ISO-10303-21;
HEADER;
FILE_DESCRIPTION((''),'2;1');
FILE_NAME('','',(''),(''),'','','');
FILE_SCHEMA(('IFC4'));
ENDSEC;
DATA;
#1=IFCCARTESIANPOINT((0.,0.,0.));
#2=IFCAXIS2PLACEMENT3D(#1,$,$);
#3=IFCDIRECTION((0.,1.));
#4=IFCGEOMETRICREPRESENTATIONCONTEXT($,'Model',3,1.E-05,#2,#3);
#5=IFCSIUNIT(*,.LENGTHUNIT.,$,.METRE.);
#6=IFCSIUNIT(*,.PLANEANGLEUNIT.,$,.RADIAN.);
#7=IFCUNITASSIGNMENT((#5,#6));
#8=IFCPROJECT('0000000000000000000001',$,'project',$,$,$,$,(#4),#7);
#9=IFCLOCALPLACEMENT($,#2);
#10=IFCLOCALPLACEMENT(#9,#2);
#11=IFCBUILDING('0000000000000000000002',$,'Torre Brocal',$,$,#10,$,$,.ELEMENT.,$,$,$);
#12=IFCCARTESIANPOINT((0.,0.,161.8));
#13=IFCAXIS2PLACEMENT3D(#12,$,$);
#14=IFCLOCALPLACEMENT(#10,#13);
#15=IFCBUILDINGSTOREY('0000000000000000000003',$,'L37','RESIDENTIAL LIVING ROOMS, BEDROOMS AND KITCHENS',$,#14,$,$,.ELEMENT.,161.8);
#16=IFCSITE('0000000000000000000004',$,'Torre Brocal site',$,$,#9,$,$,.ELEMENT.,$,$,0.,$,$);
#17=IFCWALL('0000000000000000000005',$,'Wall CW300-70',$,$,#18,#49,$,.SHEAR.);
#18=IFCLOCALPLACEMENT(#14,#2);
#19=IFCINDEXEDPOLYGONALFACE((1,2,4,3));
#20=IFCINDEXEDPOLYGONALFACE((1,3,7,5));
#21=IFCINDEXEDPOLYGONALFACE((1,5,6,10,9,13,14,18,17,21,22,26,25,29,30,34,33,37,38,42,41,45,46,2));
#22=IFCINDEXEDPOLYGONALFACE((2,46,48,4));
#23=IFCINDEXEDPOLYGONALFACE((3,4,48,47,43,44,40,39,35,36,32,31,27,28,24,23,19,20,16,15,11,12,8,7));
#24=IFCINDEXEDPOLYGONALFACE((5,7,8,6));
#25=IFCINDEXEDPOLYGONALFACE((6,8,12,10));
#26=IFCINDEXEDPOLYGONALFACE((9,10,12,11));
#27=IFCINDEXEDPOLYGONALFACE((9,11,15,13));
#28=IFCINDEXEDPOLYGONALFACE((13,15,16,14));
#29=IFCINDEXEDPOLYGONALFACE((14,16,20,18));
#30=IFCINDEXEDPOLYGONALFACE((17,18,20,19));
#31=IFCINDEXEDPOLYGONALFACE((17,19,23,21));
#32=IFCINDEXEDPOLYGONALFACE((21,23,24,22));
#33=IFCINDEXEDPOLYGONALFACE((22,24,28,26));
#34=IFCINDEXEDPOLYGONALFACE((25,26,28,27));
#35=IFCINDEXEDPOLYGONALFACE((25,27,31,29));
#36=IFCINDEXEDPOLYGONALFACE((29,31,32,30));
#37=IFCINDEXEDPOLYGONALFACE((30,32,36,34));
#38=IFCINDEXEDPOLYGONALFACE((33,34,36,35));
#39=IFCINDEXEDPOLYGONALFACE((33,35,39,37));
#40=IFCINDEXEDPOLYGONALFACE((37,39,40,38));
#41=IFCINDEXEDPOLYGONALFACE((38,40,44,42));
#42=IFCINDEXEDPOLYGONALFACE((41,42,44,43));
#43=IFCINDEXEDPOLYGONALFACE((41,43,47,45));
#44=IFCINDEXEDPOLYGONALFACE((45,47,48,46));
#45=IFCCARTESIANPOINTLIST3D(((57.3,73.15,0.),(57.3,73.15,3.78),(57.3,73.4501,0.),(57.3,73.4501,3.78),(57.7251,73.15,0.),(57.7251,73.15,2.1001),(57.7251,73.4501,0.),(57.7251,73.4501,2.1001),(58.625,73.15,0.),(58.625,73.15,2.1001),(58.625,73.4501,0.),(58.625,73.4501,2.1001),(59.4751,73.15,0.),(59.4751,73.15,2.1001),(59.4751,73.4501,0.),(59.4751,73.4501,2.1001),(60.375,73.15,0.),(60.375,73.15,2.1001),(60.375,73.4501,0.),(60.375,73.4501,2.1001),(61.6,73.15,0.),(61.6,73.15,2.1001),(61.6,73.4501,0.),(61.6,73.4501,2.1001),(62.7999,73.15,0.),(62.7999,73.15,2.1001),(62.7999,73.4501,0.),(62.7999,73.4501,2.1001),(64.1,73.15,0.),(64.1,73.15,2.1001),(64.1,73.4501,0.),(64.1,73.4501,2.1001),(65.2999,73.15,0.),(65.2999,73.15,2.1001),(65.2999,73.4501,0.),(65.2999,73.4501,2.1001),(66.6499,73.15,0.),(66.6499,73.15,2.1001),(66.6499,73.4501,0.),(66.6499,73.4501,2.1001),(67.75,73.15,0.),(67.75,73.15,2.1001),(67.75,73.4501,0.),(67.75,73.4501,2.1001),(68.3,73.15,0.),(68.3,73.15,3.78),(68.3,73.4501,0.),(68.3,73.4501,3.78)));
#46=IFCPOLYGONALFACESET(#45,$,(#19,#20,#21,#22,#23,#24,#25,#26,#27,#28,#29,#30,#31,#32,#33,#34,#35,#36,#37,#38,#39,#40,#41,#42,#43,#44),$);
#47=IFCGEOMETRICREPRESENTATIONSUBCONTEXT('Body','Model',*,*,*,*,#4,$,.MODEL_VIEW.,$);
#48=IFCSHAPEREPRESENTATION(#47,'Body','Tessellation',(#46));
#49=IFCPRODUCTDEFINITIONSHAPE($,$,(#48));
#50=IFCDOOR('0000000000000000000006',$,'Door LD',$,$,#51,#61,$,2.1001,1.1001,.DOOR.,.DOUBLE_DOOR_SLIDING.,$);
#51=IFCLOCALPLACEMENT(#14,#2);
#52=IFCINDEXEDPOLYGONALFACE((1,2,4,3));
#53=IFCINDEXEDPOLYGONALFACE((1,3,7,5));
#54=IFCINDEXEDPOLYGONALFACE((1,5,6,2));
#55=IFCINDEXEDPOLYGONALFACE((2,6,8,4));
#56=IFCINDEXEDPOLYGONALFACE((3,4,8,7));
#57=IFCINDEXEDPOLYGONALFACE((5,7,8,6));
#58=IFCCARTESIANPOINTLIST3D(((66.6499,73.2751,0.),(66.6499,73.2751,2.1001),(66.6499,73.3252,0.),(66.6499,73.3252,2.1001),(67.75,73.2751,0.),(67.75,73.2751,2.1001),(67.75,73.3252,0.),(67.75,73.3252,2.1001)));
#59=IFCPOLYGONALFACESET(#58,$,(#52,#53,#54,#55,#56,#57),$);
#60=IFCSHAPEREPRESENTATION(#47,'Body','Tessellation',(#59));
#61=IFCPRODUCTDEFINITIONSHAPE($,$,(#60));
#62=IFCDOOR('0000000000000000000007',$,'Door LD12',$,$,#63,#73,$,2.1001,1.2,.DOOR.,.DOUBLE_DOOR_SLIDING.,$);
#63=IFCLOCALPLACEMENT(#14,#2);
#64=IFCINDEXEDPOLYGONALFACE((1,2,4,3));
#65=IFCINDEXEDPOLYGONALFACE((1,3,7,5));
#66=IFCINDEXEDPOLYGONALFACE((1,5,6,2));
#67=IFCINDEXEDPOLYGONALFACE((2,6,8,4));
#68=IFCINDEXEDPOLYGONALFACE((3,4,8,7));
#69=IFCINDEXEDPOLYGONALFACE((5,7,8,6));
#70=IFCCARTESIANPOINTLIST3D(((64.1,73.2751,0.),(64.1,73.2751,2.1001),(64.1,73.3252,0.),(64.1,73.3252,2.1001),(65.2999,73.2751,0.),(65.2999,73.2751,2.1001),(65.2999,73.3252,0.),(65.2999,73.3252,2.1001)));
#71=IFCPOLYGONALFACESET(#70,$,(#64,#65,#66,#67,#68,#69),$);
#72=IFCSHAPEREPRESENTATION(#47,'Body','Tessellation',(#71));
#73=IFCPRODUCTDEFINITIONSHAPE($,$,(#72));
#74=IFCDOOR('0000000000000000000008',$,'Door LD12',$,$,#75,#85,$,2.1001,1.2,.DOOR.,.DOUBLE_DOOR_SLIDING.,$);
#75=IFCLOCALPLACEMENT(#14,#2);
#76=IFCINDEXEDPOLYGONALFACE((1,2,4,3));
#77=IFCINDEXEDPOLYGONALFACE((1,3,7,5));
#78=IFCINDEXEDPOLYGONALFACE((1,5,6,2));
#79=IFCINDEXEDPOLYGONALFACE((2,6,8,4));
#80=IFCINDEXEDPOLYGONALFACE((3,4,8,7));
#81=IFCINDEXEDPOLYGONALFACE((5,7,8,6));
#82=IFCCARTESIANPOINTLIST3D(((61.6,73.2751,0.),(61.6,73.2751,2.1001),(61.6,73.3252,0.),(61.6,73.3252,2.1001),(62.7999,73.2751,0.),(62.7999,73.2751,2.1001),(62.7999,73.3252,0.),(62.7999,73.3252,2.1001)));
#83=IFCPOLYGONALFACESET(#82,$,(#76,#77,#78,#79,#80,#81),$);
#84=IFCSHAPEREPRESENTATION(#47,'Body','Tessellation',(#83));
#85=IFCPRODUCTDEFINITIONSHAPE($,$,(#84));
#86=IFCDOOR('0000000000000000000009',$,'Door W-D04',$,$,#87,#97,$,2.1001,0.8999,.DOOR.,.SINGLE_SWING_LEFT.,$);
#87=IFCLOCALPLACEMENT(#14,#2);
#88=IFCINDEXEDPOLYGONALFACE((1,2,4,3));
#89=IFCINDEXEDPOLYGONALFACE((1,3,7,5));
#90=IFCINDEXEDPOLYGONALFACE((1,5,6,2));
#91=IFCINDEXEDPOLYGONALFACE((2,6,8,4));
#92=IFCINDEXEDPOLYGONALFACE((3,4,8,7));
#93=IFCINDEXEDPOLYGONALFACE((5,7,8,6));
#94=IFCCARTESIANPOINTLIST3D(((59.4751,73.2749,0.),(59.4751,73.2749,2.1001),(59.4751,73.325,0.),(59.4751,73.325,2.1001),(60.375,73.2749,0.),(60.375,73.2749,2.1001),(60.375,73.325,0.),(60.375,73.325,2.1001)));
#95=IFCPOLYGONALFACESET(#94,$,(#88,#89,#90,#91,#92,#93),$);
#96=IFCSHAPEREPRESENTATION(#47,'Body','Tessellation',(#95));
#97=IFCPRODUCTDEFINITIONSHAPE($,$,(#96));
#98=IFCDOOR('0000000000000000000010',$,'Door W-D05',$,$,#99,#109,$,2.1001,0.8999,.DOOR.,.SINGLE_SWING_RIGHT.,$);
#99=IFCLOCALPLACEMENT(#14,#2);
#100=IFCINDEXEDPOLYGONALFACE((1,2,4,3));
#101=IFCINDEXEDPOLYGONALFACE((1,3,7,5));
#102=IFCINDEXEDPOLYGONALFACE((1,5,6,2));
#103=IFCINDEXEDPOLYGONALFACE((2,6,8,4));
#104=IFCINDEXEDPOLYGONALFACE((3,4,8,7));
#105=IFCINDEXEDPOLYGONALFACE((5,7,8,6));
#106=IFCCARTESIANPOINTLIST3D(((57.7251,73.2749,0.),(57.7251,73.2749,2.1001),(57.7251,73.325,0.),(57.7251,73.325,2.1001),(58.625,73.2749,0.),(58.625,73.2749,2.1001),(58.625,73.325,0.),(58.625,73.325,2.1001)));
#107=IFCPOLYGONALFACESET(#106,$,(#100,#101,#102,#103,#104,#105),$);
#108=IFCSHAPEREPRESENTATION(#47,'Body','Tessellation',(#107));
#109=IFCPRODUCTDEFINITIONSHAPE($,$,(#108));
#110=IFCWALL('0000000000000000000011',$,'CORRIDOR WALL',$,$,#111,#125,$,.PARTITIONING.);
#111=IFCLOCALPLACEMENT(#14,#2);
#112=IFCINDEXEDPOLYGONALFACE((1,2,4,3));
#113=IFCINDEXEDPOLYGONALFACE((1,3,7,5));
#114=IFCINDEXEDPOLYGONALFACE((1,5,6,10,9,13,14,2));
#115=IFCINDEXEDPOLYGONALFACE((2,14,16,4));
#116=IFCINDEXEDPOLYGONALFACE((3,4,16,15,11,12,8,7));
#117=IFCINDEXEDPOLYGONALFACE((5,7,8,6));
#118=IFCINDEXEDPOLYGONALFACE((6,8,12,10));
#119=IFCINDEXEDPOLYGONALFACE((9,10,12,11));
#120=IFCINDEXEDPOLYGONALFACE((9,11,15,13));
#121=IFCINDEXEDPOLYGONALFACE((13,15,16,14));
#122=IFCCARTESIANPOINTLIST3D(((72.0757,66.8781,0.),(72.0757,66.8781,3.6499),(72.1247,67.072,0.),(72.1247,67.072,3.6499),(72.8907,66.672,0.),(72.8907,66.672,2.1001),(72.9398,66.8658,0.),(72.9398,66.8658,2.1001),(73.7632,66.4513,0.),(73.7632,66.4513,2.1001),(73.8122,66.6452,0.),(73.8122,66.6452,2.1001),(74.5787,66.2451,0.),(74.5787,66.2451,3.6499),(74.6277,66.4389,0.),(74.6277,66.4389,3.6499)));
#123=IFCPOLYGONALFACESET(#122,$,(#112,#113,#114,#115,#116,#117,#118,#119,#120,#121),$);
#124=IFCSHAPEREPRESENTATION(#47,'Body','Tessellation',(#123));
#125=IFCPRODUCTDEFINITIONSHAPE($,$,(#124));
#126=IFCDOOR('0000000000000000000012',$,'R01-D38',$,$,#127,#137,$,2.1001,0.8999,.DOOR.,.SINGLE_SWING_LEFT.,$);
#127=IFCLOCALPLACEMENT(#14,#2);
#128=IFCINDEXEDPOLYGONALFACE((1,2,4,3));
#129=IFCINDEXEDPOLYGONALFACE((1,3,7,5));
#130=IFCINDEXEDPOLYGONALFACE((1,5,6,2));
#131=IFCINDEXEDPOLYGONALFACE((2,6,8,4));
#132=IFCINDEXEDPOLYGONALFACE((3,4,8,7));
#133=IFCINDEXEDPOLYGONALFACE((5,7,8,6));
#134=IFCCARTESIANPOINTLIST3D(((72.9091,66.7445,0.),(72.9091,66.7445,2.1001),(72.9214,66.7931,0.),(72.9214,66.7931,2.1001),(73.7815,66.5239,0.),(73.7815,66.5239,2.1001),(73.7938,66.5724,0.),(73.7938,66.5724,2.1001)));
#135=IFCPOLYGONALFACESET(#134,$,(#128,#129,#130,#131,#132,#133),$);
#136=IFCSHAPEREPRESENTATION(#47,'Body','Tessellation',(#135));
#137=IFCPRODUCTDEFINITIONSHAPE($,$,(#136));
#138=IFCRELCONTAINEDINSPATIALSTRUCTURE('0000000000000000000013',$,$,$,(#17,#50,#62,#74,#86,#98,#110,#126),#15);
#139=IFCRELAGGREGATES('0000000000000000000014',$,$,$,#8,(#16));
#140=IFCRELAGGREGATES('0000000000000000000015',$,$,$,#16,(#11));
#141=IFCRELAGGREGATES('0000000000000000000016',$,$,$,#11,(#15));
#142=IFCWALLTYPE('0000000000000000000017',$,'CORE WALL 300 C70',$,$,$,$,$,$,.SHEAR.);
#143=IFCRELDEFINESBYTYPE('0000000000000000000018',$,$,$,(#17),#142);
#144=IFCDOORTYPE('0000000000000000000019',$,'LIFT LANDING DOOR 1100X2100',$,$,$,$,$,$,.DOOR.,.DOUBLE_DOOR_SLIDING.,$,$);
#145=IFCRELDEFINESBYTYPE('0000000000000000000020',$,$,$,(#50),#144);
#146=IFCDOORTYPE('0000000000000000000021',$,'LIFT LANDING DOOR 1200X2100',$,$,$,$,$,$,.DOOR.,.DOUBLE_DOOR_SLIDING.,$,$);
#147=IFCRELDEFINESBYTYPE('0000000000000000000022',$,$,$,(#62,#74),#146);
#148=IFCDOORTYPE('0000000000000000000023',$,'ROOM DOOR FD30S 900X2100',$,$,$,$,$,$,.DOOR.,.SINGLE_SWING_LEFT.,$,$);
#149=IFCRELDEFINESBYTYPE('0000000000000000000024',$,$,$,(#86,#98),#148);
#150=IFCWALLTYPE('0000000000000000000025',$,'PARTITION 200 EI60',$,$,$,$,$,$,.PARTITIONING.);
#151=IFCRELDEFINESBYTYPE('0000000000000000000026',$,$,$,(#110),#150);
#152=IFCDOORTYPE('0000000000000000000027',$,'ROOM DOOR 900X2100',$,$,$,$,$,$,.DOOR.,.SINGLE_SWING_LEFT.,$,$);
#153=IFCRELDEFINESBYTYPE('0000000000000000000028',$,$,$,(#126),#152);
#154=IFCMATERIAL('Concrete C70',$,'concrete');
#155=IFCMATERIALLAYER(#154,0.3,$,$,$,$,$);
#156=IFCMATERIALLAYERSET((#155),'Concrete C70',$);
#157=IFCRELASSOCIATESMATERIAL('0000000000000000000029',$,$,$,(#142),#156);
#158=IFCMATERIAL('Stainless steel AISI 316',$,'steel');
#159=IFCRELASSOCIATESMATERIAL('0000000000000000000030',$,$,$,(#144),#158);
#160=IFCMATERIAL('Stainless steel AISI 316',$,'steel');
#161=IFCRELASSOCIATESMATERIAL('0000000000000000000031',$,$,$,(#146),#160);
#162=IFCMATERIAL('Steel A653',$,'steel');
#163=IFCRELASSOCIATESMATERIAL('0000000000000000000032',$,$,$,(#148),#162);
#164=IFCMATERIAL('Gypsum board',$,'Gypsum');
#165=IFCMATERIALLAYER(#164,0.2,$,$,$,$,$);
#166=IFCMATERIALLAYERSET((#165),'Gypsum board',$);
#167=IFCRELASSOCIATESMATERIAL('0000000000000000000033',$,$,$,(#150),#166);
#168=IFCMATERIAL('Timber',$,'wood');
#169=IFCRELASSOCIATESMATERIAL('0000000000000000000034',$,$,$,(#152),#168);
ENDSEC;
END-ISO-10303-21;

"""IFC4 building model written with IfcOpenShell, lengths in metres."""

from ifc_helpers import new_model, si_unit, direction, frame, frame_2d, origin, place, context, subcontext, project, spatial, rectangle, extrude, material, layer, layer_set, type_object, element, fill, save


model = new_model("IFC4")

# Units and contexts
model_context = context("Model", 3, precision=1e-05, world=origin(), true_north=direction((0.0, 1.0)))
body_context = subcontext(model_context, "Body", "Model", "MODEL_VIEW")
ifc_project = project(units=[si_unit("LENGTHUNIT", "METRE"), si_unit("PLANEANGLEUNIT", "RADIAN")], contexts=[model_context])

# Site, building, storey
site_placement = place(None, origin())
site = spatial("IfcSite", under=ifc_project, at=site_placement, Name="Torre Brocal site", CompositionType="ELEMENT", RefElevation=0.0)
building_placement = place(site_placement, origin())
building = spatial("IfcBuilding", under=site, at=building_placement, Name="Torre Brocal", CompositionType="ELEMENT")
storey_placement = place(building_placement, frame((0.0, 0.0, 161.8)))
storey = spatial("IfcBuildingStorey", under=building, at=storey_placement, Name="L37", Description="RESIDENTIAL LIVING ROOMS, BEDROOMS AND KITCHENS", CompositionType="ELEMENT", Elevation=161.8)

# Shared definitions
ifc_material_1 = material(Name="Concrete C70", Category="concrete")
ifc_layer_1 = layer(ifc_material_1, 0.3)
ifc_layer_set_1 = layer_set([ifc_layer_1], Name="Concrete C70")
wall_type_1 = type_object("IfcWallType", Name="CORE WALL 300 C70", PredefinedType="SHEAR", material=ifc_layer_set_1)

# Wall, openings, doors
wall_1_placement = place(storey_placement, frame((68.3, 73.3, 0.0), z_axis=(0.0, 0.0, 1.0), x_axis=(-1.0, 0.0, 0.0)))
wall_1 = element("IfcWall", 1, at=wall_1_placement, inside=storey, type_object=wall_type_1, Name="Wall CW300-70", PredefinedType="SHEAR", context=body_context, shape_type="SweptSolid", body=[
    extrude(rectangle(XDim=11.0, YDim=0.3, at=frame_2d((5.5, 0.0))), origin(), (0.0, 0.0, 1.0), 3.78),
])
opening_1_placement = place(wall_1_placement, frame((0.55, 0.0, 0.0)))
opening_1 = element("IfcOpeningElement", 2, at=opening_1_placement, cuts=wall_1, PredefinedType="OPENING", context=body_context, shape_type="SweptSolid", body=[
    extrude(rectangle(XDim=1.1001, YDim=2.1001, at=frame_2d((0.55, 1.05))), frame((0.0, 0.1599, 0.0), z_axis=(0.0, -1.0, 0.0), x_axis=(1.0, 0.0, 0.0)), (0.0, 0.0, 1.0), 0.3201),
])
opening_2_placement = place(wall_1_placement, frame((3.0, 0.0, 0.0)))
opening_2 = element("IfcOpeningElement", 3, at=opening_2_placement, cuts=wall_1, PredefinedType="OPENING", context=body_context, shape_type="SweptSolid", body=[
    extrude(rectangle(XDim=1.2, YDim=2.1001, at=frame_2d((0.6001, 1.05))), frame((0.0, 0.1599, 0.0), z_axis=(0.0, -1.0, 0.0), x_axis=(1.0, 0.0, 0.0)), (0.0, 0.0, 1.0), 0.3201),
])
opening_3_placement = place(wall_1_placement, frame((5.5, 0.0, 0.0)))
opening_3 = element("IfcOpeningElement", 4, at=opening_3_placement, cuts=wall_1, PredefinedType="OPENING", context=body_context, shape_type="SweptSolid", body=[
    extrude(rectangle(XDim=1.2, YDim=2.1001, at=frame_2d((0.6001, 1.05))), frame((0.0, 0.1599, 0.0), z_axis=(0.0, -1.0, 0.0), x_axis=(1.0, 0.0, 0.0)), (0.0, 0.0, 1.0), 0.3201),
])
opening_4_placement = place(wall_1_placement, frame((7.925, 0.0, 0.0)))
opening_4 = element("IfcOpeningElement", 5, at=opening_4_placement, cuts=wall_1, PredefinedType="OPENING", context=body_context, shape_type="SweptSolid", body=[
    extrude(rectangle(XDim=0.8999, YDim=2.1001, at=frame_2d((0.45, 1.05))), frame((0.0, 0.1599, 0.0), z_axis=(0.0, -1.0, 0.0), x_axis=(1.0, 0.0, 0.0)), (0.0, 0.0, 1.0), 0.3201),
])
opening_5_placement = place(wall_1_placement, frame((9.675, 0.0, 0.0)))
opening_5 = element("IfcOpeningElement", 6, at=opening_5_placement, cuts=wall_1, PredefinedType="OPENING", context=body_context, shape_type="SweptSolid", body=[
    extrude(rectangle(XDim=0.8999, YDim=2.1001, at=frame_2d((0.45, 1.05))), frame((0.0, 0.1599, 0.0), z_axis=(0.0, -1.0, 0.0), x_axis=(1.0, 0.0, 0.0)), (0.0, 0.0, 1.0), 0.3201),
])
ifc_material_2 = material(Name="Stainless steel AISI 316", Category="steel")
door_type_1 = type_object("IfcDoorType", Name="LIFT LANDING DOOR 1100X2100", OperationType="DOUBLE_DOOR_SLIDING", PredefinedType="DOOR", material=ifc_material_2)
door_1_placement = place(opening_1_placement, origin())
door_1 = element("IfcDoor", 7, at=door_1_placement, inside=storey, type_object=door_type_1, Name="Door LD", OperationType="DOUBLE_DOOR_SLIDING", OverallHeight=2.1001, OverallWidth=1.1001, PredefinedType="DOOR", context=body_context, shape_type="SweptSolid", body=[
    extrude(rectangle(XDim=1.1001, YDim=2.1001, at=frame_2d((0.55, 1.05))), frame((0.0, 0.0249, 0.0), z_axis=(0.0, -1.0, 0.0), x_axis=(1.0, 0.0, 0.0)), (0.0, 0.0, 1.0), 0.05),
])
fill(opening_1, door_1)
ifc_material_3 = material(Name="Stainless steel AISI 316", Category="steel")
door_type_2 = type_object("IfcDoorType", Name="LIFT LANDING DOOR 1200X2100", OperationType="DOUBLE_DOOR_SLIDING", PredefinedType="DOOR", material=ifc_material_3)
door_2_placement = place(opening_2_placement, origin())
door_2 = element("IfcDoor", 8, at=door_2_placement, inside=storey, type_object=door_type_2, Name="Door LD12", OperationType="DOUBLE_DOOR_SLIDING", OverallHeight=2.1001, OverallWidth=1.2, PredefinedType="DOOR", context=body_context, shape_type="SweptSolid", body=[
    extrude(rectangle(XDim=1.2, YDim=2.1001, at=frame_2d((0.6001, 1.05))), frame((0.0, 0.0249, 0.0), z_axis=(0.0, -1.0, 0.0), x_axis=(1.0, 0.0, 0.0)), (0.0, 0.0, 1.0), 0.05),
])
fill(opening_2, door_2)
door_3_placement = place(opening_3_placement, origin())
door_3 = element("IfcDoor", 9, at=door_3_placement, inside=storey, type_object=door_type_2, Name="Door LD12", OperationType="DOUBLE_DOOR_SLIDING", OverallHeight=2.1001, OverallWidth=1.2, PredefinedType="DOOR", context=body_context, shape_type="SweptSolid", body=[
    extrude(rectangle(XDim=1.2, YDim=2.1001, at=frame_2d((0.6001, 1.05))), frame((0.0, 0.0249, 0.0), z_axis=(0.0, -1.0, 0.0), x_axis=(1.0, 0.0, 0.0)), (0.0, 0.0, 1.0), 0.05),
])
fill(opening_3, door_3)
ifc_material_4 = material(Name="Steel A653", Category="steel")
door_type_3 = type_object("IfcDoorType", Name="ROOM DOOR FD30S 900X2100", OperationType="SINGLE_SWING_LEFT", PredefinedType="DOOR", material=ifc_material_4)
door_4_placement = place(opening_4_placement, frame((0.8999, 0.0, 0.0), z_axis=(0.0, 0.0, 1.0), x_axis=(-1.0, 0.0, 0.0)))
door_4 = element("IfcDoor", 10, at=door_4_placement, inside=storey, type_object=door_type_3, Name="Door W-D04", OperationType="SINGLE_SWING_LEFT", OverallHeight=2.1001, OverallWidth=0.8999, PredefinedType="DOOR", context=body_context, shape_type="SweptSolid", body=[
    extrude(rectangle(XDim=0.8999, YDim=2.1001, at=frame_2d((0.45, 1.05))), frame((0.0, 0.0249, 0.0), z_axis=(0.0, -1.0, 0.0), x_axis=(1.0, 0.0, 0.0)), (0.0, 0.0, 1.0), 0.05),
])
fill(opening_4, door_4)
door_5_placement = place(opening_5_placement, frame((0.8999, 0.0, 0.0), z_axis=(0.0, 0.0, 1.0), x_axis=(-1.0, 0.0, 0.0)))
door_5 = element("IfcDoor", 11, at=door_5_placement, inside=storey, type_object=door_type_3, Name="Door W-D05", OperationType="SINGLE_SWING_RIGHT", OverallHeight=2.1001, OverallWidth=0.8999, PredefinedType="DOOR", context=body_context, shape_type="SweptSolid", body=[
    extrude(rectangle(XDim=0.8999, YDim=2.1001, at=frame_2d((0.45, 1.05))), frame((0.0, 0.0249, 0.0), z_axis=(0.0, -1.0, 0.0), x_axis=(1.0, 0.0, 0.0)), (0.0, 0.0, 1.0), 0.05),
])
fill(opening_5, door_5)

# Wall, opening, door
ifc_material_5 = material(Name="Gypsum board", Category="Gypsum")
ifc_layer_2 = layer(ifc_material_5, 0.2)
ifc_layer_set_2 = layer_set([ifc_layer_2], Name="Gypsum board")
wall_type_2 = type_object("IfcWallType", Name="PARTITION 200 EI60", PredefinedType="PARTITIONING", material=ifc_layer_set_2)
wall_2_placement = place(storey_placement, frame((72.1001, 66.9751, 0.0), z_axis=(0.0, 0.0, 1.0), x_axis=(0.969471, -0.245205, 0.0)))
wall_2 = element("IfcWall", 12, at=wall_2_placement, inside=storey, type_object=wall_type_2, Name="CORRIDOR WALL", PredefinedType="PARTITIONING", context=body_context, shape_type="SweptSolid", body=[
    extrude(rectangle(XDim=2.5818, YDim=0.2, at=frame_2d((1.291, 0.0))), origin(), (0.0, 0.0, 1.0), 3.6499),
])
opening_6_placement = place(wall_2_placement, frame((0.8408, 0.0, 0.0)))
opening_6 = element("IfcOpeningElement", 13, at=opening_6_placement, cuts=wall_2, PredefinedType="OPENING", context=body_context, shape_type="SweptSolid", body=[
    extrude(rectangle(XDim=0.8999, YDim=2.1001, at=frame_2d((0.45, 1.05))), frame((0.0, 0.1099, 0.0), z_axis=(0.0, -1.0, 0.0), x_axis=(1.0, 0.0, 0.0)), (0.0, 0.0, 1.0), 0.22),
])
ifc_material_6 = material(Name="Timber", Category="wood")
door_type_4 = type_object("IfcDoorType", Name="ROOM DOOR 900X2100", OperationType="SINGLE_SWING_LEFT", PredefinedType="DOOR", material=ifc_material_6)
door_6_placement = place(opening_6_placement, origin())
door_6 = element("IfcDoor", 14, at=door_6_placement, inside=storey, type_object=door_type_4, Name="R01-D38", OperationType="SINGLE_SWING_LEFT", OverallHeight=2.1001, OverallWidth=0.8999, PredefinedType="DOOR", context=body_context, shape_type="SweptSolid", body=[
    extrude(rectangle(XDim=0.8999, YDim=2.1001, at=frame_2d((0.45, 1.05))), frame((0.0, 0.0249, 0.0), z_axis=(0.0, -1.0, 0.0), x_axis=(1.0, 0.0, 0.0)), (0.0, 0.0, 1.0), 0.05),
])
fill(opening_6, door_6)

save(model, "model.ifc")
